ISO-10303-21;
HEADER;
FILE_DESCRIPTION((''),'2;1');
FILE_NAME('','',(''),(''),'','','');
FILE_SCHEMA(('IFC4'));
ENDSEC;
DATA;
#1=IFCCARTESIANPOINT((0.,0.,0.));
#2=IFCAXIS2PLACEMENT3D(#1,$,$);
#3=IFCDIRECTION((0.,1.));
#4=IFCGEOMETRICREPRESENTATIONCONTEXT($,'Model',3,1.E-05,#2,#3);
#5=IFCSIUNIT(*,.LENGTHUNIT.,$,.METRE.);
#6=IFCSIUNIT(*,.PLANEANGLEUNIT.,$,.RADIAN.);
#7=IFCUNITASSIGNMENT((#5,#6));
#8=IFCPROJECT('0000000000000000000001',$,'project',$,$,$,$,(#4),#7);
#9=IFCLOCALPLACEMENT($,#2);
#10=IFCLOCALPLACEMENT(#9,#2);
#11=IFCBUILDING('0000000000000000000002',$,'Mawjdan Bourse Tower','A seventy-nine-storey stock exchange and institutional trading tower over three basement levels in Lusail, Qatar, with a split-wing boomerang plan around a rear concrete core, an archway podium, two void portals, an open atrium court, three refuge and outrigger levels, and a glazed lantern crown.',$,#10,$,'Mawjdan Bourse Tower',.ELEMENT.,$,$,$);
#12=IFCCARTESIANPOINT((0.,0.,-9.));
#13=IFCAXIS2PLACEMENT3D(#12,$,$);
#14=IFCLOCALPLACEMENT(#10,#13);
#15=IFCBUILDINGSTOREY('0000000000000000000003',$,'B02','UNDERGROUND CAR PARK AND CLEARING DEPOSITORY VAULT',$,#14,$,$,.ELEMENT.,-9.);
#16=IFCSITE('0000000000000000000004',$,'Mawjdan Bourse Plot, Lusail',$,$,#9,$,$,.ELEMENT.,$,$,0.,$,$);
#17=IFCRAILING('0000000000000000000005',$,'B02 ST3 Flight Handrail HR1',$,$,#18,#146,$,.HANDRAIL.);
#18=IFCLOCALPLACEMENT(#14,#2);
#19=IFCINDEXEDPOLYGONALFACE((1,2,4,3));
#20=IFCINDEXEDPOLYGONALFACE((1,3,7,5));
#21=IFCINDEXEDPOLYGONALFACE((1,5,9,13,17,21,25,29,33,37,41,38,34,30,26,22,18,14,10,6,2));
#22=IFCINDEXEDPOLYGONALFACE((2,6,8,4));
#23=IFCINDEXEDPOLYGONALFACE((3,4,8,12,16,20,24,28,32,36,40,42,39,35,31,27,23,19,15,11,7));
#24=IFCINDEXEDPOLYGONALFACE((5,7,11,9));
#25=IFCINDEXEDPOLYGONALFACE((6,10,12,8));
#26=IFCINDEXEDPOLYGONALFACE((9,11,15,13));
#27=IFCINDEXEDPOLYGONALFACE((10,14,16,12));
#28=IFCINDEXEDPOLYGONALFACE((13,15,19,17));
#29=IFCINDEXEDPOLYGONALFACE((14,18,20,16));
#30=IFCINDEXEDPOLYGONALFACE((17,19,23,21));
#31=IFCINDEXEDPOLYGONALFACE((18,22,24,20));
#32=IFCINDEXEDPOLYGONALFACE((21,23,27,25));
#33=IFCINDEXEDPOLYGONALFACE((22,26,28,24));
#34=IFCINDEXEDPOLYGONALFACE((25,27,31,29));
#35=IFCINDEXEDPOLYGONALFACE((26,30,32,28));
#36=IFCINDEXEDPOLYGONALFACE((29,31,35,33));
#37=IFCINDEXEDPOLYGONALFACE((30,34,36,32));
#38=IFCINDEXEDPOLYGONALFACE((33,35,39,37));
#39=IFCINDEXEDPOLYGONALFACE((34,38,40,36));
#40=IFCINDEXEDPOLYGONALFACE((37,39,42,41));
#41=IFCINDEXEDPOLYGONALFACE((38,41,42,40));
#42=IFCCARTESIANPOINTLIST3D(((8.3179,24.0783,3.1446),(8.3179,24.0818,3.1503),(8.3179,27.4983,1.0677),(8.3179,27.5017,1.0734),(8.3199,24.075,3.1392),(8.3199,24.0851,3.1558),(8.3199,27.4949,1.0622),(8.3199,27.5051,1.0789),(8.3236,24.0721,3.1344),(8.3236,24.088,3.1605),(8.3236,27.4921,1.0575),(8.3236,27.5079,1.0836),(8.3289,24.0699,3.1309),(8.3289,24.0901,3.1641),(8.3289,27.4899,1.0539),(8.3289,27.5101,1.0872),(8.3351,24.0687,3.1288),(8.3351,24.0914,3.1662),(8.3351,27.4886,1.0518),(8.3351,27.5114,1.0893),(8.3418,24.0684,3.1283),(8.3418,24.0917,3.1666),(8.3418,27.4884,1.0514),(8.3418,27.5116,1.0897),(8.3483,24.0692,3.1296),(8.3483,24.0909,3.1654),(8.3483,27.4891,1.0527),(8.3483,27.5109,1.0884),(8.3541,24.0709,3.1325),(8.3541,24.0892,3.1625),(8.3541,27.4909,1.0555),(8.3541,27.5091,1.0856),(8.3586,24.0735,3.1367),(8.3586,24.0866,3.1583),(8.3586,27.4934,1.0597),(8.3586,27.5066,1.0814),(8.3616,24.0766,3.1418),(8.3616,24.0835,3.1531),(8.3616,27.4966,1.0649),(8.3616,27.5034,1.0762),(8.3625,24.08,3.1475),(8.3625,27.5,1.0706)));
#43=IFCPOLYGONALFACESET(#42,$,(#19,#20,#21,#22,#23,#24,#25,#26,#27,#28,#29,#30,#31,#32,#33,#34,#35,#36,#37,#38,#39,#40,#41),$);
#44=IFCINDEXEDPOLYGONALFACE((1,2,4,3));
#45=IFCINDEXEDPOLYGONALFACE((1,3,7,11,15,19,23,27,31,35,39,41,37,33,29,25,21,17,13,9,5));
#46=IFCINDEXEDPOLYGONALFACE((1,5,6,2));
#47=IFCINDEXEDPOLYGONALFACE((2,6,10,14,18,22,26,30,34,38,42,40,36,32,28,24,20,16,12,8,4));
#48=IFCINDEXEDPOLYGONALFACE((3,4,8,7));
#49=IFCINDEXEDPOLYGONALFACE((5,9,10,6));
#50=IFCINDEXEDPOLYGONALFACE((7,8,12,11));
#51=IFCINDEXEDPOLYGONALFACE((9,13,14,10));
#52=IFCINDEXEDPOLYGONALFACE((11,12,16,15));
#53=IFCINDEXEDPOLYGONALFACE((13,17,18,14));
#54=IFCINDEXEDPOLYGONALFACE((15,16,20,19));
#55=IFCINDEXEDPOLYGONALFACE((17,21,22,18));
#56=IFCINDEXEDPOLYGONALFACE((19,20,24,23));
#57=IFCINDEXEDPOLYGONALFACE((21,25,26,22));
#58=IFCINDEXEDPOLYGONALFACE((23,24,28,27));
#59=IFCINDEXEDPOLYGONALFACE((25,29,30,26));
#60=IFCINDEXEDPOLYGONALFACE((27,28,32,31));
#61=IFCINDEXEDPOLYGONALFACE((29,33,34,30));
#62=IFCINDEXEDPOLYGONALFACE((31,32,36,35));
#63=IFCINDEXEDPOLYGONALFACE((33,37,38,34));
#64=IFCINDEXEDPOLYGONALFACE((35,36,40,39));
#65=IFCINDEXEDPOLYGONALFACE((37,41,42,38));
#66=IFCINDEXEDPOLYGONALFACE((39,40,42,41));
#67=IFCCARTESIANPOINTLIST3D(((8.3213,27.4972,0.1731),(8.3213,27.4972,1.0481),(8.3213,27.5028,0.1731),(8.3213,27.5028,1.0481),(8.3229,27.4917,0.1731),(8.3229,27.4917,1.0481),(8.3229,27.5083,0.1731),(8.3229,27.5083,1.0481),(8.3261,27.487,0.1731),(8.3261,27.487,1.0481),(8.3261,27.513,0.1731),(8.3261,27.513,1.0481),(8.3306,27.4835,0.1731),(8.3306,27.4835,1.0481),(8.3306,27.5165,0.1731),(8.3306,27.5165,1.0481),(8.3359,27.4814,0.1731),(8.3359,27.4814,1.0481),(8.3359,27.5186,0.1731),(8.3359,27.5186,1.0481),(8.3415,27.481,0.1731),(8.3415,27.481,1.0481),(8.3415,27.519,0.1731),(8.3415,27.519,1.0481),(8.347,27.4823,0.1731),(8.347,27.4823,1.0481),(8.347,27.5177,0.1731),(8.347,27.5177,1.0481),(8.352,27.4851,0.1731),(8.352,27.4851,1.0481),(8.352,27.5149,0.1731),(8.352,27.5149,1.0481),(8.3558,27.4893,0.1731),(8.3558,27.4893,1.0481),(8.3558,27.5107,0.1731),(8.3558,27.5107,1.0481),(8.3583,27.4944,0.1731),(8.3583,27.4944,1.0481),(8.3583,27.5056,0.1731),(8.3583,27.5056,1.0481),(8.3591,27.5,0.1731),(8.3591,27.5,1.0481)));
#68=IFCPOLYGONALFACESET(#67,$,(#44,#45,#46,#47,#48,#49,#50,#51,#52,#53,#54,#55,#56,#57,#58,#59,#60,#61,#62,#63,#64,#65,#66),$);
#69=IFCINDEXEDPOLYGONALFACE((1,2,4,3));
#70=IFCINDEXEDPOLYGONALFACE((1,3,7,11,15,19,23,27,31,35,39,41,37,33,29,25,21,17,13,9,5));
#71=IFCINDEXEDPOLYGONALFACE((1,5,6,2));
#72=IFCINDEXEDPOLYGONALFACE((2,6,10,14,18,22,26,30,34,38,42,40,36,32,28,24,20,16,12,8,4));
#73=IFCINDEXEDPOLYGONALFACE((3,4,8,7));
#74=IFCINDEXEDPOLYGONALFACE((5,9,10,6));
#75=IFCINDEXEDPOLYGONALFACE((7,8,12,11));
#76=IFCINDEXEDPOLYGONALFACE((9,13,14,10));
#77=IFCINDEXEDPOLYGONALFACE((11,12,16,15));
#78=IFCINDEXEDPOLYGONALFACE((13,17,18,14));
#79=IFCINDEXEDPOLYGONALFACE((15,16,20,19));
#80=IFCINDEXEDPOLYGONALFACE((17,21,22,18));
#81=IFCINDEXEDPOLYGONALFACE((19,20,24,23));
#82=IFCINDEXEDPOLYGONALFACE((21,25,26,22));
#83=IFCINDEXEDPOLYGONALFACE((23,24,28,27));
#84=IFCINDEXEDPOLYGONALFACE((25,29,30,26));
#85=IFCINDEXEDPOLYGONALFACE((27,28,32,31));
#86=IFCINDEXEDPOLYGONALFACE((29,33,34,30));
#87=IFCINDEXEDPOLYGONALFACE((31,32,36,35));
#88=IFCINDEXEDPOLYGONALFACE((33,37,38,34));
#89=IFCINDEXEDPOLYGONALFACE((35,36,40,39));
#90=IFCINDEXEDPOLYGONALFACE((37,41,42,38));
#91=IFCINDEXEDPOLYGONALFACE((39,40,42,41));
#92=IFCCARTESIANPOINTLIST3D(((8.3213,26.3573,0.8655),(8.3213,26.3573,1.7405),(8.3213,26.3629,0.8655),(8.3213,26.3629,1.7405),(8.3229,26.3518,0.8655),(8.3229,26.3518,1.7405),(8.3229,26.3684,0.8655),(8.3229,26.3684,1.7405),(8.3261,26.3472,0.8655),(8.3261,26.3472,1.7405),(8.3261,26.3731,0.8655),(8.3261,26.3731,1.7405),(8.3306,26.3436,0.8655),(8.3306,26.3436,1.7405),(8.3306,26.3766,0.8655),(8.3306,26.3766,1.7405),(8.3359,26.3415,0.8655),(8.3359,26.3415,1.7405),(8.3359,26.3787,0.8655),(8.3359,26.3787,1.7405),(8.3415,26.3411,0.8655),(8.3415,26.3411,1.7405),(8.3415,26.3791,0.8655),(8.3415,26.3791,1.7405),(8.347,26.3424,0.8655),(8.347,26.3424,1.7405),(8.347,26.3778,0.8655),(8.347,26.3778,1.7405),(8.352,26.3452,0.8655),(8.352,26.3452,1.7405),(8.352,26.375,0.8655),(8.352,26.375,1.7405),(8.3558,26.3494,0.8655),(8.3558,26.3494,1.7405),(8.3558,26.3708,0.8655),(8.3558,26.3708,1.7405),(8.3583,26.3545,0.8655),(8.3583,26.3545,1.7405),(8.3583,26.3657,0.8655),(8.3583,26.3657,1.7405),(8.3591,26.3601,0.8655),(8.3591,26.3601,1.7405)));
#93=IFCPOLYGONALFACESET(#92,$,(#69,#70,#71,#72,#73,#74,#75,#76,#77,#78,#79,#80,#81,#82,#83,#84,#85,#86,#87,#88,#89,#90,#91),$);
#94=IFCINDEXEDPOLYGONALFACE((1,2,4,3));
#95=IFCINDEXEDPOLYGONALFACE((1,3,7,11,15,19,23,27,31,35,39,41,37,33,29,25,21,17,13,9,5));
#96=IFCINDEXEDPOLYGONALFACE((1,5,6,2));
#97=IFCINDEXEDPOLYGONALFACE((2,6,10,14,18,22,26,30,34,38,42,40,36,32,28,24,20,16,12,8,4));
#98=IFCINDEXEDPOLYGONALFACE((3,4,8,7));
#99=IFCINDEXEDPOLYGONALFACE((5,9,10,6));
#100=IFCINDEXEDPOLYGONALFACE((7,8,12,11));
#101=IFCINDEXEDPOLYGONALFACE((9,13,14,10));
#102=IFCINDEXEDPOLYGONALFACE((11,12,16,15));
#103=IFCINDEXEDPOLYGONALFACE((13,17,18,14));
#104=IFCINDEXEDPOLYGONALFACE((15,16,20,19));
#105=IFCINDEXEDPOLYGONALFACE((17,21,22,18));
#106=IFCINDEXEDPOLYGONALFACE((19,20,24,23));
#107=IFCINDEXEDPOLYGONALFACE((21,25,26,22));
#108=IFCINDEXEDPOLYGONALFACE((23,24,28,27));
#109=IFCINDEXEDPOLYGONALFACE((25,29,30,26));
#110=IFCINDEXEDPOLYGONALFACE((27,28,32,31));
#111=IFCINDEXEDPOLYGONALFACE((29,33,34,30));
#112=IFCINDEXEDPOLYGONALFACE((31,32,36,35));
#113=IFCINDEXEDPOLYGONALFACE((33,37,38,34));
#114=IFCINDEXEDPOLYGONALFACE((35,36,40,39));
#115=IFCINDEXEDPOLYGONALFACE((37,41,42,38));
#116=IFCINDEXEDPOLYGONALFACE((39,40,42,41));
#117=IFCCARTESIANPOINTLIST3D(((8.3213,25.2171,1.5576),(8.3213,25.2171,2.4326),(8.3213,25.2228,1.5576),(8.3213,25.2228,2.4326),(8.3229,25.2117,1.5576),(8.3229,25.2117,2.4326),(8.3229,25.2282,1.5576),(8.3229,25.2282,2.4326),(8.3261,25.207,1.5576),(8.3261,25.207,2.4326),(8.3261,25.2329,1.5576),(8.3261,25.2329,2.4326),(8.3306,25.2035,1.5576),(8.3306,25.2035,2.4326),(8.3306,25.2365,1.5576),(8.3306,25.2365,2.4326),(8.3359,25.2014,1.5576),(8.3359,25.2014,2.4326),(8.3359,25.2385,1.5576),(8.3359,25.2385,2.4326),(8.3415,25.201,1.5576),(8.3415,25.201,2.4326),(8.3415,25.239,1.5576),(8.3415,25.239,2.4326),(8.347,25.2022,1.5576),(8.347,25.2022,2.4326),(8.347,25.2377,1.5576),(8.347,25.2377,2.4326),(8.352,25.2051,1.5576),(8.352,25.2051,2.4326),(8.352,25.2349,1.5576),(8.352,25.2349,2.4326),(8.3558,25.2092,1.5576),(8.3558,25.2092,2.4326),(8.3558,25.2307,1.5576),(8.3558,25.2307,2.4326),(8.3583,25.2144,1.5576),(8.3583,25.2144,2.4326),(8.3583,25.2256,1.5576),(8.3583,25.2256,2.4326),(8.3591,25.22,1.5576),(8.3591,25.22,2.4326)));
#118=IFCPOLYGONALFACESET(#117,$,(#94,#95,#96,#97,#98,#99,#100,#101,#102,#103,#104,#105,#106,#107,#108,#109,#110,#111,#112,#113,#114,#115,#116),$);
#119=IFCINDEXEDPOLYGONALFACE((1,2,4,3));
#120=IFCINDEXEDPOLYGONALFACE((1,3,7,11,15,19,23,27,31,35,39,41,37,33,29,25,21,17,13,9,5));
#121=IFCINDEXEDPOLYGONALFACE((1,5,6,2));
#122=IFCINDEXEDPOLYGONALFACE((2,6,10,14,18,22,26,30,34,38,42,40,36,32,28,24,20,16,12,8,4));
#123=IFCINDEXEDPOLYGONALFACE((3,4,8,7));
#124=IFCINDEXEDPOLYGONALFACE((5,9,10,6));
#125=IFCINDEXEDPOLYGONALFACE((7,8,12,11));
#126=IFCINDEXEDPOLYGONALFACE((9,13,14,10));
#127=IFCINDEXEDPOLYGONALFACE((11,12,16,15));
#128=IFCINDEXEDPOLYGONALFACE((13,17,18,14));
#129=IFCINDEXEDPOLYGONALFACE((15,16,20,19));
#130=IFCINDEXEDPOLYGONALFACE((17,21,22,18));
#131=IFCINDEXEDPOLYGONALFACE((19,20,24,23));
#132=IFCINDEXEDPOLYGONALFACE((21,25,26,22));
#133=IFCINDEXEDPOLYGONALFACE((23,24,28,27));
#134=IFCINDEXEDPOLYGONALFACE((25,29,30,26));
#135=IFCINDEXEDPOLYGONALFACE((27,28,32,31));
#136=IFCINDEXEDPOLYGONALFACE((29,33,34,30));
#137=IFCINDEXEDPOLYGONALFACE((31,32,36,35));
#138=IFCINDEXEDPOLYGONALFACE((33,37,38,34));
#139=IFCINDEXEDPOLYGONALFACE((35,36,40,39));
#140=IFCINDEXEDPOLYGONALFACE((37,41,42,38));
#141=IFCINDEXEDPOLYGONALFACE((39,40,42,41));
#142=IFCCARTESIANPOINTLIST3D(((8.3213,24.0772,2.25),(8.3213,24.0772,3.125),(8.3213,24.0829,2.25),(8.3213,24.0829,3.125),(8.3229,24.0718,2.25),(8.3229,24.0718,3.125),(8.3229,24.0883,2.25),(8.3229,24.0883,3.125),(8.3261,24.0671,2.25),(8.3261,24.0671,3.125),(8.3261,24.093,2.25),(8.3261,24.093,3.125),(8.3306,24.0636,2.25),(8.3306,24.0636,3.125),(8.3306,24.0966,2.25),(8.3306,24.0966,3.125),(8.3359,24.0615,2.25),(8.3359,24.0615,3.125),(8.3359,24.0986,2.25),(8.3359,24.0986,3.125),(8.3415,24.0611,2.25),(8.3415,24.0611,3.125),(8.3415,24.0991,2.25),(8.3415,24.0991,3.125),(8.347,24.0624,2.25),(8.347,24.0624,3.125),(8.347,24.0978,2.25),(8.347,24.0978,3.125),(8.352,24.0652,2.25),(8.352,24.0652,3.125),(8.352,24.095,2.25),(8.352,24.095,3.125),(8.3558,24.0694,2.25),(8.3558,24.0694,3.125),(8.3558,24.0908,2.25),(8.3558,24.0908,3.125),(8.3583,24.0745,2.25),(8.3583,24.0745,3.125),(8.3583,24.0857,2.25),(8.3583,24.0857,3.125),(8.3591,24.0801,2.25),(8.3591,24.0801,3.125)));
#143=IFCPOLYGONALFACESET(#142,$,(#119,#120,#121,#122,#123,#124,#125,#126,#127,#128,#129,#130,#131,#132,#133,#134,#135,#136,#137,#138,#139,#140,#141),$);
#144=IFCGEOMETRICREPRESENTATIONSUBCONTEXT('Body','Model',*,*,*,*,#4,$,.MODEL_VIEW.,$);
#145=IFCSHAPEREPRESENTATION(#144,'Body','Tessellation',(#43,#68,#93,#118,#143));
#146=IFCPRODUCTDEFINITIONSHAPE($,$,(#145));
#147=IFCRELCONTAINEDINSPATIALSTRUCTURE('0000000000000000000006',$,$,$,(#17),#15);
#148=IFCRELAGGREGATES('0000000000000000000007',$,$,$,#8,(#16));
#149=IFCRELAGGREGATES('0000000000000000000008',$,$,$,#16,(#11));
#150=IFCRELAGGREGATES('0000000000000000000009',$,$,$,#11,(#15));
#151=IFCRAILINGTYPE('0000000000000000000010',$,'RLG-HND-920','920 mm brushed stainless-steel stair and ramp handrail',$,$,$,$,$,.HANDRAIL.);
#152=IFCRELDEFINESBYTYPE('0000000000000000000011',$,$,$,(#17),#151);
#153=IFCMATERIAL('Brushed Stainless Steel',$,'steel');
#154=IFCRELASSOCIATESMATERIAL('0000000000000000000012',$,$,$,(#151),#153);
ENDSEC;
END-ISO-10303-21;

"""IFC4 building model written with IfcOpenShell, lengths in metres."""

from ifc_helpers import new_model, si_unit, direction, frame, origin, origin_2d, place, context, subcontext, project, spatial, circle, extrude, material, type_object, element, save


model = new_model("IFC4")

# Units and contexts
model_context = context("Model", 3, precision=1e-05, world=origin(), true_north=direction((0.0, 1.0)))
body_context = subcontext(model_context, "Body", "Model", "MODEL_VIEW")
ifc_project = project(units=[si_unit("LENGTHUNIT", "METRE"), si_unit("PLANEANGLEUNIT", "RADIAN")], contexts=[model_context])

# Site, building, storey
site_placement = place(None, origin())
site = spatial("IfcSite", under=ifc_project, at=site_placement, Name="Mawjdan Bourse Plot, Lusail", CompositionType="ELEMENT", RefElevation=0.0)
building_placement = place(site_placement, origin())
building = spatial("IfcBuilding", under=site, at=building_placement, Name="Mawjdan Bourse Tower", Description="A seventy-nine-storey stock exchange and institutional trading tower over three basement levels in Lusail, Qatar, with a split-wing boomerang plan around a rear concrete core, an archway podium, two void portals, an open atrium court, three refuge and outrigger levels, and a glazed lantern crown.", LongName="Mawjdan Bourse Tower", CompositionType="ELEMENT")
storey_placement = place(building_placement, frame((0.0, 0.0, -9.0)))
storey = spatial("IfcBuildingStorey", under=building, at=storey_placement, Name="B02", Description="UNDERGROUND CAR PARK AND CLEARING DEPOSITORY VAULT", CompositionType="ELEMENT", Elevation=-9.0)

# Railing
ifc_material_1 = material(Name="Brushed Stainless Steel", Category="steel")
railing_type_1 = type_object("IfcRailingType", Name="RLG-HND-920", Description="920 mm brushed stainless-steel stair and ramp handrail", PredefinedType="HANDRAIL", material=ifc_material_1)
for number, where, name in (
    (1, (8.3401, 27.5, 0.1731), "B02 ST3 Flight Handrail HR1"),
):
    element("IfcRailing", number, at=place(storey_placement, frame(where)), inside=storey, type_object=railing_type_1, Name=name, PredefinedType="HANDRAIL", context=body_context, shape_type="SweptSolid", body=[
        extrude(circle(Radius=0.0225, at=origin_2d()), frame((0.0, 0.0, 0.8975), z_axis=(0.0, -0.85473, 0.519074), x_axis=(1.0, 0.0, 0.0)), (0.0, 0.0, 1.0), 4.0012),
        extrude(circle(Radius=0.019, at=origin_2d()), origin(), (0.0, 0.0, 1.0), 0.875),
        extrude(circle(Radius=0.019, at=origin_2d()), frame((0.0, -1.1399, 0.6924)), (0.0, 0.0, 1.0), 0.875),
        extrude(circle(Radius=0.019, at=origin_2d()), frame((0.0, -2.28, 1.3845)), (0.0, 0.0, 1.0), 0.875),
        extrude(circle(Radius=0.019, at=origin_2d()), frame((0.0, -3.4199, 2.0769)), (0.0, 0.0, 1.0), 0.875),
    ])

save(model, "model.ifc")
